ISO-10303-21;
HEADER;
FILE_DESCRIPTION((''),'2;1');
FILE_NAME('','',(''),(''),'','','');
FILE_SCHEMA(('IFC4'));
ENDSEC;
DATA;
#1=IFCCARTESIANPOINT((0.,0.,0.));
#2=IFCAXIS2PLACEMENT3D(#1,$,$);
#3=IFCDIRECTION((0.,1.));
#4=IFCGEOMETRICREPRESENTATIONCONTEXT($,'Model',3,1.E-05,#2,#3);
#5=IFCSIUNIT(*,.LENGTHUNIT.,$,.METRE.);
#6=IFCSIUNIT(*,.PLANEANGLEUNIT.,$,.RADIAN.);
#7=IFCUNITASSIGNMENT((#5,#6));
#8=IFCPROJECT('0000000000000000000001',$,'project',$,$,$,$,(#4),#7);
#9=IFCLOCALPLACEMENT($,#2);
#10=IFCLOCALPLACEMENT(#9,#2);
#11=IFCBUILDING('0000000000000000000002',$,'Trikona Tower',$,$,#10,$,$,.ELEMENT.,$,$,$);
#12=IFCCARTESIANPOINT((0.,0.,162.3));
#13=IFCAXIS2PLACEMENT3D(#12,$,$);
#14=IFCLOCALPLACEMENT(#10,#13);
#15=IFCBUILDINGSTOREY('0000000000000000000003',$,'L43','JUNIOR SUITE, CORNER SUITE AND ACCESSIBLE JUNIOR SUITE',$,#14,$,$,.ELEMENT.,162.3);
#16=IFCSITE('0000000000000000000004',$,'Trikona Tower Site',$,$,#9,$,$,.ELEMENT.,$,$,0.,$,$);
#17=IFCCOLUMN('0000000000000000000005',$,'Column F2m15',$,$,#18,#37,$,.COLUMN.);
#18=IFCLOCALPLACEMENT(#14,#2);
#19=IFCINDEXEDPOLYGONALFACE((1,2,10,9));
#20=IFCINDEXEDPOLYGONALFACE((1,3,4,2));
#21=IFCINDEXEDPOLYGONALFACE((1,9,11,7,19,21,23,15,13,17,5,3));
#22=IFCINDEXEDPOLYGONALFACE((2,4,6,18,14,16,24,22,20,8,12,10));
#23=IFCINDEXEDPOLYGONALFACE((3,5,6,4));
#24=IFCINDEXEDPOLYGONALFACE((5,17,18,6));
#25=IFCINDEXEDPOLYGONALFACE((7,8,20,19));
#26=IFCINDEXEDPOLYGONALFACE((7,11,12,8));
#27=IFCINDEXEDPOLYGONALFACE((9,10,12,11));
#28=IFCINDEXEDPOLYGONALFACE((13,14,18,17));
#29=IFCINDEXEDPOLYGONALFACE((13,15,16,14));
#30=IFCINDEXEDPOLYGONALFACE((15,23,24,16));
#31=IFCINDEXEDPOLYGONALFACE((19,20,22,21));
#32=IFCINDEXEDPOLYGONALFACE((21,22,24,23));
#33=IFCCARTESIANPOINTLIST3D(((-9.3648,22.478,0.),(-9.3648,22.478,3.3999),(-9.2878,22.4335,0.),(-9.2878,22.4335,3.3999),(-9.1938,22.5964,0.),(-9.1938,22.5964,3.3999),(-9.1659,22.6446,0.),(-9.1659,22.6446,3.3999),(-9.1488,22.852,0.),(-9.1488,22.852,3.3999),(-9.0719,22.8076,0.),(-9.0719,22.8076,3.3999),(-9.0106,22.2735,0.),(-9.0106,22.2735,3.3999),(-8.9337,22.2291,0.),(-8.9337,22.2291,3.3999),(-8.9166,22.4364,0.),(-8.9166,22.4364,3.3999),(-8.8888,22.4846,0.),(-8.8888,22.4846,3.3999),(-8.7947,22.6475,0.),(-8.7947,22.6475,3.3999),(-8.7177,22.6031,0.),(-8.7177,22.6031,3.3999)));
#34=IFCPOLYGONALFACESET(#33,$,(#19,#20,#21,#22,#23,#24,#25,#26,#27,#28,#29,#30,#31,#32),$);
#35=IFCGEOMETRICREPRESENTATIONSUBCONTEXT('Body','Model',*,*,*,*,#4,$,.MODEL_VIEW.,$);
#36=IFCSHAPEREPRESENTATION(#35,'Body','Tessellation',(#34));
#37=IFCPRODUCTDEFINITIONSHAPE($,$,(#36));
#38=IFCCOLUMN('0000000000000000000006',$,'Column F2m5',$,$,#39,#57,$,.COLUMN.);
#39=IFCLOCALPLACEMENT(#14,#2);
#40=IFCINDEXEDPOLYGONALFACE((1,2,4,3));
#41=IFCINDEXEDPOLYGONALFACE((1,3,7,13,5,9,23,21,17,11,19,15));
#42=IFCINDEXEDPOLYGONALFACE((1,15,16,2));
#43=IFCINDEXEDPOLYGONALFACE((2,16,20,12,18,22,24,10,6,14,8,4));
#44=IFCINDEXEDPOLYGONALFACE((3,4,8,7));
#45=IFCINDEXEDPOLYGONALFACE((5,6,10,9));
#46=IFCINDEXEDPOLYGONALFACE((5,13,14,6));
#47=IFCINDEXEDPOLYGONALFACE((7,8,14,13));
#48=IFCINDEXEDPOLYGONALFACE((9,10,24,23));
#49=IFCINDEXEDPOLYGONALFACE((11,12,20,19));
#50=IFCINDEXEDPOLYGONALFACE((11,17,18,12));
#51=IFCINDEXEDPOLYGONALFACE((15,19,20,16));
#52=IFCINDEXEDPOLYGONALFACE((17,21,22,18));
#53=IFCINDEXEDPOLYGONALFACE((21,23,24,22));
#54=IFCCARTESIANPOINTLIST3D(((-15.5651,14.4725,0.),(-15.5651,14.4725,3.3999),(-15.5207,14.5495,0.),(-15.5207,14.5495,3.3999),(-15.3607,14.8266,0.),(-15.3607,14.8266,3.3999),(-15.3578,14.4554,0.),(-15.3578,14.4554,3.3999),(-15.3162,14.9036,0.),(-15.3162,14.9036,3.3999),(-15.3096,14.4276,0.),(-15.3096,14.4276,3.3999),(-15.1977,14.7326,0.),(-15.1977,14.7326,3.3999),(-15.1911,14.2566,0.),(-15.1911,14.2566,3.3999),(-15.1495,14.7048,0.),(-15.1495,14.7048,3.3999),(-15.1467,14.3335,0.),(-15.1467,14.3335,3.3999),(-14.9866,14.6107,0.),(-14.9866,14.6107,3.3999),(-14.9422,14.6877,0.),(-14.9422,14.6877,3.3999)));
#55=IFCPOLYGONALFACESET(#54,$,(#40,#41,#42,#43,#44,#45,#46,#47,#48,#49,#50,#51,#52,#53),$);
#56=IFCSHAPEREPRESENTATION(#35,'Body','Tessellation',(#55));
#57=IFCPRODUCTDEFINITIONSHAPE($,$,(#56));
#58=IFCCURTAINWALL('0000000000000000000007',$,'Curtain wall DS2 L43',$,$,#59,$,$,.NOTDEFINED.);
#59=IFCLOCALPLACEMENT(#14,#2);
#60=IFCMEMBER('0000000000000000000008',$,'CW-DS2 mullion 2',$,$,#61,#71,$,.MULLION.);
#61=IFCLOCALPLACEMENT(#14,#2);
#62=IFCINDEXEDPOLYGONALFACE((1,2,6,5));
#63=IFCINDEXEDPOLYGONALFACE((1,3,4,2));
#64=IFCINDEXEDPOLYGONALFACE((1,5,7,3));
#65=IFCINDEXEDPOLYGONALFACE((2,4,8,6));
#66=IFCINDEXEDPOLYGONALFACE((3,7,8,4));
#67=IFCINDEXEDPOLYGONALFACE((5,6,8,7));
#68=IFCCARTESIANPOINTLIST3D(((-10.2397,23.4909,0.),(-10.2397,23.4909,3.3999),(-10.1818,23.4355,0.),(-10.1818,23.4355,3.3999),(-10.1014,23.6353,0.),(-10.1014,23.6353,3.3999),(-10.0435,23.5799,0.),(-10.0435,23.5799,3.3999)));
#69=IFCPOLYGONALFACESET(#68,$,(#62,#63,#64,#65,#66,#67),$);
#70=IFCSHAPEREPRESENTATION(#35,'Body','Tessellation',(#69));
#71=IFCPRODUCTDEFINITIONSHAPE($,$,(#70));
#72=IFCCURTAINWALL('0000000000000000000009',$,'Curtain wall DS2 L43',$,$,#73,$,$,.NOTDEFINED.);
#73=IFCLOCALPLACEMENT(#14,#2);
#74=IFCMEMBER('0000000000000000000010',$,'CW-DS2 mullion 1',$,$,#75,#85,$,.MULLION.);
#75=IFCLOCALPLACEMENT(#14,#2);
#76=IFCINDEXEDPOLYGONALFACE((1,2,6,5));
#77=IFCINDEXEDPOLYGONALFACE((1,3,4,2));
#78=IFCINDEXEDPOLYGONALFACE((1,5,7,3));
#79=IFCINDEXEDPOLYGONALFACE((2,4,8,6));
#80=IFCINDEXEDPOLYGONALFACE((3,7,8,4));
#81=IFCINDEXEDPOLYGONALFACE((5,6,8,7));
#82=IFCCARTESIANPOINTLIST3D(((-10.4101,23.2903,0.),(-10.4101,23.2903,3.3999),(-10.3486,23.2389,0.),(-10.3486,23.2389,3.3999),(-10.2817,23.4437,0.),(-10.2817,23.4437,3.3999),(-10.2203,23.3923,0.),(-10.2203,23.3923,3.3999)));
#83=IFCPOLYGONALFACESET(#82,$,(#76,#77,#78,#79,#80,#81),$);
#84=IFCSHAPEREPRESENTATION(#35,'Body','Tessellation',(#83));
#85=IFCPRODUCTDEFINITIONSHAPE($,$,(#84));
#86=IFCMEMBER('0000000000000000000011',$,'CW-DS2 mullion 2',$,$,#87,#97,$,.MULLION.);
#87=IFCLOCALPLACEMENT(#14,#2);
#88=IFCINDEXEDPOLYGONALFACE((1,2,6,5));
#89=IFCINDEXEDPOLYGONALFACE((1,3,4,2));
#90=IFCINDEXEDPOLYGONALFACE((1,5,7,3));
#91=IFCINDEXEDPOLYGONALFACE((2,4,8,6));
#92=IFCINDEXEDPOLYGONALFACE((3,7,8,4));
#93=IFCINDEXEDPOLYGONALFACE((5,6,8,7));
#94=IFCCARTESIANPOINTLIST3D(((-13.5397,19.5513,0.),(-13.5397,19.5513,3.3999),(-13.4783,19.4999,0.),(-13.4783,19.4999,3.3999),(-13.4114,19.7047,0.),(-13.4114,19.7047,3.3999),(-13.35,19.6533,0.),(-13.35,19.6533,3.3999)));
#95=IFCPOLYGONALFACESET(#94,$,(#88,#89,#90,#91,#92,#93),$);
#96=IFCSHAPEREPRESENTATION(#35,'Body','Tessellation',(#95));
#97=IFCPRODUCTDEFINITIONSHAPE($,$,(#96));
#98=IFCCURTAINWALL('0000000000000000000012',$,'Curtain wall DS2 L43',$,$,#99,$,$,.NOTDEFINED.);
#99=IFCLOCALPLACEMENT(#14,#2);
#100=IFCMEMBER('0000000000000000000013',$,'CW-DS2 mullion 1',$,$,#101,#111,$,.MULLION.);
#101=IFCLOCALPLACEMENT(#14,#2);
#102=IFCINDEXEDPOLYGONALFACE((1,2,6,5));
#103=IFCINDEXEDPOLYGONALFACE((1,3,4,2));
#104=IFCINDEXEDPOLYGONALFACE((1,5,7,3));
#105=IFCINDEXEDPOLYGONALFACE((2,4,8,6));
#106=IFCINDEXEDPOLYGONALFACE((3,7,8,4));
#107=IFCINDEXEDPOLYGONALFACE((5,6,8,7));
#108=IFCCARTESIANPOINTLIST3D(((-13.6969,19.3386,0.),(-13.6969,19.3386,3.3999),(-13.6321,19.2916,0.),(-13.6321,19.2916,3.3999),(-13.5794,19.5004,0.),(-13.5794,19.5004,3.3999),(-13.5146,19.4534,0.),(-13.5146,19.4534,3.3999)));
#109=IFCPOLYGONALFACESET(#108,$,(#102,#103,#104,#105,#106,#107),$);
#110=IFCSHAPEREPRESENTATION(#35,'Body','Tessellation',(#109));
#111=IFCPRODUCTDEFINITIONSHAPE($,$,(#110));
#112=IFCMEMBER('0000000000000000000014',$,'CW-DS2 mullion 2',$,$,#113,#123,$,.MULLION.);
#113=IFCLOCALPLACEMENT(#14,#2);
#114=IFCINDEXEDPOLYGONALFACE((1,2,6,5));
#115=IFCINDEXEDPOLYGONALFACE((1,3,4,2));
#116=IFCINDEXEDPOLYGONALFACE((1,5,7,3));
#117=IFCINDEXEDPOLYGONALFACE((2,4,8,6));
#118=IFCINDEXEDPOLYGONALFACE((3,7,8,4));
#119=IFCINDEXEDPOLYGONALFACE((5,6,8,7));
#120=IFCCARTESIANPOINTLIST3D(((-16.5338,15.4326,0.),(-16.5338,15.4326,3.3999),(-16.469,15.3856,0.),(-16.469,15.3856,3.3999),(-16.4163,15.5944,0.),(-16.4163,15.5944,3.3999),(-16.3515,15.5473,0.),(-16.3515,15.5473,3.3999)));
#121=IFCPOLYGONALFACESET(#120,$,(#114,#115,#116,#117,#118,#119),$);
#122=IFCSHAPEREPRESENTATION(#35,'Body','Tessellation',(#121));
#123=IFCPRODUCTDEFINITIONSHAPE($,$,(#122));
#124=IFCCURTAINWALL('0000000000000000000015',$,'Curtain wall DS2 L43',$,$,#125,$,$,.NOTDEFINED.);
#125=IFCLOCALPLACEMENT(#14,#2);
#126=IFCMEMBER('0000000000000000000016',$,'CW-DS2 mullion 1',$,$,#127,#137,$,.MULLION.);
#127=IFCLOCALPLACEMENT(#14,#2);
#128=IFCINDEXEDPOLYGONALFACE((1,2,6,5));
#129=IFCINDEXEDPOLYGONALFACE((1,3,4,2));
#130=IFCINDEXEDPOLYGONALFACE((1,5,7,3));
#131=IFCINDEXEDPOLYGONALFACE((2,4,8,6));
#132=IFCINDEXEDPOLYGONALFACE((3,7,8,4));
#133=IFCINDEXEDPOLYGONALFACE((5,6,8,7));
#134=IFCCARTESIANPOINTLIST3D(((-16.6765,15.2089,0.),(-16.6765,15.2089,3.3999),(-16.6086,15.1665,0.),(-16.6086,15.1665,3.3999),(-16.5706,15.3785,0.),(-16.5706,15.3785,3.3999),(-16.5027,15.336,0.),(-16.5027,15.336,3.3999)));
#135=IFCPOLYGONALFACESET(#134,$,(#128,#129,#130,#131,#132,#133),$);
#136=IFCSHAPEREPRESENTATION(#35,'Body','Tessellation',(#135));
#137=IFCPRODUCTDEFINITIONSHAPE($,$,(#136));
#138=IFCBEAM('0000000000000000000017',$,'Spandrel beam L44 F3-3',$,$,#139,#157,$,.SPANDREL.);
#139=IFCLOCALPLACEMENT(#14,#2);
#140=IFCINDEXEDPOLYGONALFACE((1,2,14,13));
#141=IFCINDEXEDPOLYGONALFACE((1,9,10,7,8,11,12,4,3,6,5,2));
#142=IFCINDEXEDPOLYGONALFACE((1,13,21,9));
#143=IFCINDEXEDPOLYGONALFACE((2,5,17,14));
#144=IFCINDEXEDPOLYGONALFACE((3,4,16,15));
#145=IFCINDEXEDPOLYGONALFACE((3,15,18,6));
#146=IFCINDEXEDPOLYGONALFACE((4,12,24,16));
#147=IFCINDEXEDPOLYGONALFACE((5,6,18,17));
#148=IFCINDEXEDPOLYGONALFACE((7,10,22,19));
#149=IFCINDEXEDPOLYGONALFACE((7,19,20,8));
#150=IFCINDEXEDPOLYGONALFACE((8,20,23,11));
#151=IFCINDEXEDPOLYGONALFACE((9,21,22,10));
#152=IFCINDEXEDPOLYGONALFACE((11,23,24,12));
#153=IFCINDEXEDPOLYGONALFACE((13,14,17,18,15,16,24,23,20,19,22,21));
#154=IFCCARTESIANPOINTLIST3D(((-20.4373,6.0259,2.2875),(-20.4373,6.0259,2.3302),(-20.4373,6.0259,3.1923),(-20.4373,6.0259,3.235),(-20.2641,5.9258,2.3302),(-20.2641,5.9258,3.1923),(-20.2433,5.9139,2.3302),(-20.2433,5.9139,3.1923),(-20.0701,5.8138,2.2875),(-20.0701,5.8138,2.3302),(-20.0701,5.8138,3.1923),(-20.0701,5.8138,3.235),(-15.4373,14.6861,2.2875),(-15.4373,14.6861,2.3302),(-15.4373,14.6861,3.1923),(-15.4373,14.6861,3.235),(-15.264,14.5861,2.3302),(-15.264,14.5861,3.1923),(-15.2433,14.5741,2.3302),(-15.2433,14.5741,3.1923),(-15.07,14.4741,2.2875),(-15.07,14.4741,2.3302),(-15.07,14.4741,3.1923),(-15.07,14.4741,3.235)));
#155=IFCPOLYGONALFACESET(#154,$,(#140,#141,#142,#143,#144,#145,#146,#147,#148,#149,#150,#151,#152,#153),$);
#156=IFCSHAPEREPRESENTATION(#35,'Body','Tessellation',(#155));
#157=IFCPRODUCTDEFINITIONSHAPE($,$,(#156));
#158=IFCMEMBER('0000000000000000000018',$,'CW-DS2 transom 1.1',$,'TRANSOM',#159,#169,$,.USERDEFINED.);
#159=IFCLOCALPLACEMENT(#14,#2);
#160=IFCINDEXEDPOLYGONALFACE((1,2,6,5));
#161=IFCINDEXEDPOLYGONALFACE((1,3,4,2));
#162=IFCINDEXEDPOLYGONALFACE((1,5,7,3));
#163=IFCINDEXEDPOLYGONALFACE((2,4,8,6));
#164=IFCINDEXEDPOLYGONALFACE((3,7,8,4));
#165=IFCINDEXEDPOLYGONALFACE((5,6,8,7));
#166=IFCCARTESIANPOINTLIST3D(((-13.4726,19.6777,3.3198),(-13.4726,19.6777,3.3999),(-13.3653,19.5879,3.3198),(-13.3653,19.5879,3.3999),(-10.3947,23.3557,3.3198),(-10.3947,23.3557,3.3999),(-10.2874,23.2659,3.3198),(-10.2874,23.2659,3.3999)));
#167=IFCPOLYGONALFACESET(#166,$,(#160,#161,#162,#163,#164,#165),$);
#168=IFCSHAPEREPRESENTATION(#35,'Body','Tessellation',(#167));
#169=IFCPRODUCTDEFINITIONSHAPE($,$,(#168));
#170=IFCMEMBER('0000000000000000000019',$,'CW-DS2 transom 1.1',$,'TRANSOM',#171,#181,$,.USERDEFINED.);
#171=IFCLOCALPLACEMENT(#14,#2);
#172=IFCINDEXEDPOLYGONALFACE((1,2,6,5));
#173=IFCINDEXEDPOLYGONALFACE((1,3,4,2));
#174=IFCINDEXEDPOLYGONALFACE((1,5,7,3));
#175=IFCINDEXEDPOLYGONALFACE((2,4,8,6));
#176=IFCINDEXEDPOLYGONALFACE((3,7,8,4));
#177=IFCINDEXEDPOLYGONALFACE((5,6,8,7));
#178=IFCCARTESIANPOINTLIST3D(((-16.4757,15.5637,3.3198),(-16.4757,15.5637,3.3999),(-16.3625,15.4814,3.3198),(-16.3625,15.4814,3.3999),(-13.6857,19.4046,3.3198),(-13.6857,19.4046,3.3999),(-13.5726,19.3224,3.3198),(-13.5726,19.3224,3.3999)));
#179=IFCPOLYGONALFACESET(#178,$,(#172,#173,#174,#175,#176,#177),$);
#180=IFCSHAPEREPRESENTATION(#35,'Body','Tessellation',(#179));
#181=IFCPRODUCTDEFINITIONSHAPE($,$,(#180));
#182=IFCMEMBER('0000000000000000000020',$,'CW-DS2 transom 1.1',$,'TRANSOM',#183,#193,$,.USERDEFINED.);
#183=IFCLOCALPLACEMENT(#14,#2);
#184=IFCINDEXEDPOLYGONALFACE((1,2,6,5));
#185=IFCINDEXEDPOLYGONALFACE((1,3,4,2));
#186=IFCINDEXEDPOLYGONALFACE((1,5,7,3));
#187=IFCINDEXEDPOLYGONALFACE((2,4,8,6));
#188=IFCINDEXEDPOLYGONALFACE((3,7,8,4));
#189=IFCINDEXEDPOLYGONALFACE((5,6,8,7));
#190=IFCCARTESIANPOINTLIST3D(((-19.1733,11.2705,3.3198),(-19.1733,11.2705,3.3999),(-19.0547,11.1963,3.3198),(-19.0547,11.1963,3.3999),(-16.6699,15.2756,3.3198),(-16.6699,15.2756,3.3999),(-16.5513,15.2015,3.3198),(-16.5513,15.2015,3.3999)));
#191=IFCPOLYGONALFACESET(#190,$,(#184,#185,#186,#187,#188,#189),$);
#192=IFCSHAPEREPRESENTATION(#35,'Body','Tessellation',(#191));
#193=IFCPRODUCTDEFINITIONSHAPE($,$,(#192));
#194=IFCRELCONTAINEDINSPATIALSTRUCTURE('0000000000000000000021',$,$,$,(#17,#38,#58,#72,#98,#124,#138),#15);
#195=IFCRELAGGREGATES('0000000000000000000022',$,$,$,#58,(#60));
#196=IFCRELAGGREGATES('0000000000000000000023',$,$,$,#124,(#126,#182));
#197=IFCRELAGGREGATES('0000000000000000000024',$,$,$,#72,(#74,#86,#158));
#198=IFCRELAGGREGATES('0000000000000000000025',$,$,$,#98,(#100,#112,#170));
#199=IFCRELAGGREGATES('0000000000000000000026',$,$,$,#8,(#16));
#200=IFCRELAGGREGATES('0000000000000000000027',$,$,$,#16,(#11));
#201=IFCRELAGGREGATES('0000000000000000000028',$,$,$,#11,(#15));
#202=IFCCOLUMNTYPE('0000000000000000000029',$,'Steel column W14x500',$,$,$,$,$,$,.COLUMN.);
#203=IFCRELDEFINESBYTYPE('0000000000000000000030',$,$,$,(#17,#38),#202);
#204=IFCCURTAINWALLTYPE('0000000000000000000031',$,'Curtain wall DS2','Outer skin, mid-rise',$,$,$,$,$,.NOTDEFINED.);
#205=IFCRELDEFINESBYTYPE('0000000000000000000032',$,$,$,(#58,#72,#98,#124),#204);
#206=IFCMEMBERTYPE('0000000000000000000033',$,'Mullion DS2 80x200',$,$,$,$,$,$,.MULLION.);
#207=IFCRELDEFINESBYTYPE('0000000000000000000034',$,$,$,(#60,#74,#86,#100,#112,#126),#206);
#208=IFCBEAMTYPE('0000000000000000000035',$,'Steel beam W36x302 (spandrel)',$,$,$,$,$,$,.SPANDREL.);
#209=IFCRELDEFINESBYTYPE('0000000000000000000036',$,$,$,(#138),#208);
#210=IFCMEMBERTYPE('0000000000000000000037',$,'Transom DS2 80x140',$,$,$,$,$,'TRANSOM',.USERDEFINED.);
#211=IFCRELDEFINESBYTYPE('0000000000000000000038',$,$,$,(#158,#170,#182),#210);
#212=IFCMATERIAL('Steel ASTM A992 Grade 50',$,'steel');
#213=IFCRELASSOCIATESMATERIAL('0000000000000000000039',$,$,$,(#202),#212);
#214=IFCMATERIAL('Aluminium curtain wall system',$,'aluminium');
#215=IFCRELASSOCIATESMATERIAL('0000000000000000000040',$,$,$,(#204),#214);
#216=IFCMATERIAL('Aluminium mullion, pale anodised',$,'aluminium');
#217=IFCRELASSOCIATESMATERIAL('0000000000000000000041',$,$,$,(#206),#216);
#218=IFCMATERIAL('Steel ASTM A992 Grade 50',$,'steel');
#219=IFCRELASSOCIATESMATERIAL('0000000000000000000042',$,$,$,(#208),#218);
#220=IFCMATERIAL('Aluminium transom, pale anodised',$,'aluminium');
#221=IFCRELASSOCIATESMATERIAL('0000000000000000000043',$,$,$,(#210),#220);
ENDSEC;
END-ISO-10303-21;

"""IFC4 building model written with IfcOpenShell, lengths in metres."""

from ifc_helpers import new_model, si_unit, direction, frame, origin, origin_2d, place, context, subcontext, project, spatial, rectangle, i_section, extrude, material, material_profile, profile_set, type_object, element, aggregate, save


model = new_model("IFC4")

# Units and contexts
model_context = context("Model", 3, precision=1e-05, world=origin(), true_north=direction((0.0, 1.0)))
body_context = subcontext(model_context, "Body", "Model", "MODEL_VIEW")
ifc_project = project(units=[si_unit("LENGTHUNIT", "METRE"), si_unit("PLANEANGLEUNIT", "RADIAN")], contexts=[model_context])

# Site, building, storey
site_placement = place(None, origin())
site = spatial("IfcSite", under=ifc_project, at=site_placement, Name="Trikona Tower Site", CompositionType="ELEMENT", RefElevation=0.0)
building_placement = place(site_placement, origin())
building = spatial("IfcBuilding", under=site, at=building_placement, Name="Trikona Tower", CompositionType="ELEMENT")
storey_placement = place(building_placement, frame((0.0, 0.0, 162.3)))
storey = spatial("IfcBuildingStorey", under=building, at=storey_placement, Name="L43", Description="JUNIOR SUITE, CORNER SUITE AND ACCESSIBLE JUNIOR SUITE", CompositionType="ELEMENT", Elevation=162.3)

# Columns
ifc_material_1 = material(Name="Steel ASTM A992 Grade 50", Category="steel")
ifc_material_profile_1 = material_profile(ifc_material_1, i_section(OverallWidth=0.4319, OverallDepth=0.4978, WebThickness=0.0557, FlangeThickness=0.0889, at=origin_2d()), Name="W14X500")
ifc_profile_set_1 = profile_set([ifc_material_profile_1], Name="Steel ASTM A992 Grade 50")
column_type = type_object("IfcColumnType", Name="Steel column W14x500", PredefinedType="COLUMN", material=ifc_profile_set_1)
for number, where, z_axis, x_axis, name in (
    (1, (-9.0413, 22.5405, 0.0), (0.0, 0.0, 1.0), (-0.5, -0.866025, 0.0), "Column F2m15"),
    (2, (-15.2537, 14.5801, 0.0), (0.0, 0.0, 1.0), (-0.866025, 0.5, 0.0), "Column F2m5"),
):
    element("IfcColumn", number, at=place(storey_placement, frame(where, z_axis=z_axis, x_axis=x_axis)), inside=storey, type_object=column_type, Name=name, PredefinedType="COLUMN", context=body_context, shape_type="SweptSolid", body=[
        extrude(i_section(OverallWidth=0.4319, OverallDepth=0.4978, WebThickness=0.0557, FlangeThickness=0.0889, at=origin_2d()), origin(), (0.0, 0.0, 1.0), 3.3999),
    ])

# Curtain wall, member
ifc_material_2 = material(Name="Aluminium curtain wall system", Category="aluminium")
curtain_wall_type = type_object("IfcCurtainWallType", Name="Curtain wall DS2", Description="Outer skin, mid-rise", PredefinedType="NOTDEFINED", material=ifc_material_2)
curtain_wall_1_placement = place(storey_placement, origin())
curtain_wall_1 = element("IfcCurtainWall", 3, at=curtain_wall_1_placement, inside=storey, type_object=curtain_wall_type, Name="Curtain wall DS2 L43", PredefinedType="NOTDEFINED")
ifc_material_3 = material(Name="Aluminium mullion, pale anodised", Category="aluminium")
ifc_material_profile_2 = material_profile(ifc_material_3, rectangle(XDim=0.0801, YDim=0.2, at=origin_2d()), Name="MUL-DS2")
ifc_profile_set_2 = profile_set([ifc_material_profile_2], Name="Aluminium mullion, pale anodised")
member_type_1 = type_object("IfcMemberType", Name="Mullion DS2 80x200", PredefinedType="MULLION", material=ifc_profile_set_2)
member_1_placement = place(storey_placement, frame((-10.1416, 23.5354, 0.0), z_axis=(0.0, 0.0, 1.0), x_axis=(0.722158, -0.691728, 0.0)))
member_1 = element("IfcMember", 4, at=member_1_placement, type_object=member_type_1, Name="CW-DS2 mullion 2", PredefinedType="MULLION", context=body_context, shape_type="SweptSolid", body=[
    extrude(rectangle(XDim=0.0801, YDim=0.2, at=origin_2d()), origin(), (0.0, 0.0, 1.0), 3.3999),
])
aggregate(curtain_wall_1, [member_1])

# Curtain walls, members
curtain_wall_2_placement = place(storey_placement, origin())
curtain_wall_2 = element("IfcCurtainWall", 5, at=curtain_wall_2_placement, inside=storey, type_object=curtain_wall_type, Name="Curtain wall DS2 L43", PredefinedType="NOTDEFINED")
member_2_placement = place(storey_placement, frame((-10.3152, 23.3413, 0.0), z_axis=(0.0, 0.0, 1.0), x_axis=(0.766867, -0.641806, 0.0)))
member_2 = element("IfcMember", 6, at=member_2_placement, type_object=member_type_1, Name="CW-DS2 mullion 1", PredefinedType="MULLION", context=body_context, shape_type="SweptSolid", body=[
    extrude(rectangle(XDim=0.0801, YDim=0.2, at=origin_2d()), origin(), (0.0, 0.0, 1.0), 3.3999),
])
member_3_placement = place(storey_placement, frame((-13.4448, 19.6023, 0.0), z_axis=(0.0, 0.0, 1.0), x_axis=(0.766867, -0.641806, 0.0)))
member_3 = element("IfcMember", 7, at=member_3_placement, type_object=member_type_1, Name="CW-DS2 mullion 2", PredefinedType="MULLION", context=body_context, shape_type="SweptSolid", body=[
    extrude(rectangle(XDim=0.0801, YDim=0.2, at=origin_2d()), origin(), (0.0, 0.0, 1.0), 3.3999),
])
curtain_wall_3_placement = place(storey_placement, origin())
curtain_wall_3 = element("IfcCurtainWall", 8, at=curtain_wall_3_placement, inside=storey, type_object=curtain_wall_type, Name="Curtain wall DS2 L43", PredefinedType="NOTDEFINED")
member_4_placement = place(storey_placement, frame((-13.6057, 19.396, 0.0), z_axis=(0.0, 0.0, 1.0), x_axis=(0.809086, -0.587691, 0.0)))
member_4 = element("IfcMember", 9, at=member_4_placement, type_object=member_type_1, Name="CW-DS2 mullion 1", PredefinedType="MULLION", context=body_context, shape_type="SweptSolid", body=[
    extrude(rectangle(XDim=0.0801, YDim=0.2, at=origin_2d()), origin(), (0.0, 0.0, 1.0), 3.3999),
])
member_5_placement = place(storey_placement, frame((-16.4426, 15.49, 0.0), z_axis=(0.0, 0.0, 1.0), x_axis=(0.809086, -0.587691, 0.0)))
member_5 = element("IfcMember", 10, at=member_5_placement, type_object=member_type_1, Name="CW-DS2 mullion 2", PredefinedType="MULLION", context=body_context, shape_type="SweptSolid", body=[
    extrude(rectangle(XDim=0.0801, YDim=0.2, at=origin_2d()), origin(), (0.0, 0.0, 1.0), 3.3999),
])

# Curtain wall, member
curtain_wall_4_placement = place(storey_placement, origin())
curtain_wall_4 = element("IfcCurtainWall", 11, at=curtain_wall_4_placement, inside=storey, type_object=curtain_wall_type, Name="Curtain wall DS2 L43", PredefinedType="NOTDEFINED")
member_6_placement = place(storey_placement, frame((-16.5896, 15.2725, 0.0), z_axis=(0.0, 0.0, 1.0), x_axis=(0.847998, -0.529999, 0.0)))
member_6 = element("IfcMember", 12, at=member_6_placement, type_object=member_type_1, Name="CW-DS2 mullion 1", PredefinedType="MULLION", context=body_context, shape_type="SweptSolid", body=[
    extrude(rectangle(XDim=0.0801, YDim=0.2, at=origin_2d()), origin(), (0.0, 0.0, 1.0), 3.3999),
])

# Beam
ifc_material_4 = material(Name="Steel ASTM A992 Grade 50", Category="steel")
ifc_material_profile_3 = material_profile(ifc_material_4, i_section(OverallWidth=0.4241, OverallDepth=0.9475, WebThickness=0.0239, FlangeThickness=0.0427, at=origin_2d()), Name="W36X302")
ifc_profile_set_3 = profile_set([ifc_material_profile_3], Name="Steel ASTM A992 Grade 50")
beam_type = type_object("IfcBeamType", Name="Steel beam W36x302 (spandrel)", PredefinedType="SPANDREL", material=ifc_profile_set_3)
beam_placement = place(storey_placement, frame((-15.2537, 14.5801, 2.7612), z_axis=(-0.500004, -0.866023, 0.0), x_axis=(0.866023, -0.500004, 0.0)))
element("IfcBeam", 13, at=beam_placement, inside=storey, type_object=beam_type, Name="Spandrel beam L44 F3-3", PredefinedType="SPANDREL", context=body_context, shape_type="SweptSolid", body=[
    extrude(i_section(OverallWidth=0.4241, OverallDepth=0.9475, WebThickness=0.0239, FlangeThickness=0.0427, at=origin_2d()), origin(), (0.0, 0.0, 1.0), 10.0),
])

# Members
ifc_material_5 = material(Name="Aluminium transom, pale anodised", Category="aluminium")
ifc_material_profile_4 = material_profile(ifc_material_5, rectangle(XDim=0.1399, YDim=0.0801, at=origin_2d()), Name="TRN-DS2")
ifc_profile_set_4 = profile_set([ifc_material_profile_4], Name="Aluminium transom, pale anodised")
member_type_2 = type_object("IfcMemberType", Name="Transom DS2 80x140", ElementType="TRANSOM", PredefinedType="USERDEFINED", material=ifc_profile_set_4)
member_7_placement = place(storey_placement, frame((-10.3411, 23.3108, 3.3599), z_axis=(-0.64177, -0.766897, 0.0), x_axis=(0.766897, -0.64177, 0.0)))
member_7 = element("IfcMember", 14, at=member_7_placement, type_object=member_type_2, Name="CW-DS2 transom 1.1", ObjectType="TRANSOM", PredefinedType="USERDEFINED", context=body_context, shape_type="SweptSolid", body=[
    extrude(rectangle(XDim=0.1399, YDim=0.0801, at=origin_2d()), origin(), (0.0, 0.0, 1.0), 4.7959),
])
member_8_placement = place(storey_placement, frame((-13.6292, 19.3635, 3.3599), z_axis=(-0.587695, -0.809083, 0.0), x_axis=(0.809083, -0.587695, 0.0)))
member_8 = element("IfcMember", 15, at=member_8_placement, type_object=member_type_2, Name="CW-DS2 transom 1.1", ObjectType="TRANSOM", PredefinedType="USERDEFINED", context=body_context, shape_type="SweptSolid", body=[
    extrude(rectangle(XDim=0.1399, YDim=0.0801, at=origin_2d()), origin(), (0.0, 0.0, 1.0), 4.7473),
])
member_9_placement = place(storey_placement, frame((-16.6106, 15.2385, 3.3599), z_axis=(-0.530031, -0.847978, 0.0), x_axis=(0.847978, -0.530031, 0.0)))
member_9 = element("IfcMember", 16, at=member_9_placement, type_object=member_type_2, Name="CW-DS2 transom 1.1", ObjectType="TRANSOM", PredefinedType="USERDEFINED", context=body_context, shape_type="SweptSolid", body=[
    extrude(rectangle(XDim=0.1399, YDim=0.0801, at=origin_2d()), origin(), (0.0, 0.0, 1.0), 4.7231),
])
aggregate(curtain_wall_4, [member_6, member_9])

aggregate(curtain_wall_2, [member_2, member_3, member_7])
aggregate(curtain_wall_3, [member_4, member_5, member_8])

save(model, "model.ifc")
